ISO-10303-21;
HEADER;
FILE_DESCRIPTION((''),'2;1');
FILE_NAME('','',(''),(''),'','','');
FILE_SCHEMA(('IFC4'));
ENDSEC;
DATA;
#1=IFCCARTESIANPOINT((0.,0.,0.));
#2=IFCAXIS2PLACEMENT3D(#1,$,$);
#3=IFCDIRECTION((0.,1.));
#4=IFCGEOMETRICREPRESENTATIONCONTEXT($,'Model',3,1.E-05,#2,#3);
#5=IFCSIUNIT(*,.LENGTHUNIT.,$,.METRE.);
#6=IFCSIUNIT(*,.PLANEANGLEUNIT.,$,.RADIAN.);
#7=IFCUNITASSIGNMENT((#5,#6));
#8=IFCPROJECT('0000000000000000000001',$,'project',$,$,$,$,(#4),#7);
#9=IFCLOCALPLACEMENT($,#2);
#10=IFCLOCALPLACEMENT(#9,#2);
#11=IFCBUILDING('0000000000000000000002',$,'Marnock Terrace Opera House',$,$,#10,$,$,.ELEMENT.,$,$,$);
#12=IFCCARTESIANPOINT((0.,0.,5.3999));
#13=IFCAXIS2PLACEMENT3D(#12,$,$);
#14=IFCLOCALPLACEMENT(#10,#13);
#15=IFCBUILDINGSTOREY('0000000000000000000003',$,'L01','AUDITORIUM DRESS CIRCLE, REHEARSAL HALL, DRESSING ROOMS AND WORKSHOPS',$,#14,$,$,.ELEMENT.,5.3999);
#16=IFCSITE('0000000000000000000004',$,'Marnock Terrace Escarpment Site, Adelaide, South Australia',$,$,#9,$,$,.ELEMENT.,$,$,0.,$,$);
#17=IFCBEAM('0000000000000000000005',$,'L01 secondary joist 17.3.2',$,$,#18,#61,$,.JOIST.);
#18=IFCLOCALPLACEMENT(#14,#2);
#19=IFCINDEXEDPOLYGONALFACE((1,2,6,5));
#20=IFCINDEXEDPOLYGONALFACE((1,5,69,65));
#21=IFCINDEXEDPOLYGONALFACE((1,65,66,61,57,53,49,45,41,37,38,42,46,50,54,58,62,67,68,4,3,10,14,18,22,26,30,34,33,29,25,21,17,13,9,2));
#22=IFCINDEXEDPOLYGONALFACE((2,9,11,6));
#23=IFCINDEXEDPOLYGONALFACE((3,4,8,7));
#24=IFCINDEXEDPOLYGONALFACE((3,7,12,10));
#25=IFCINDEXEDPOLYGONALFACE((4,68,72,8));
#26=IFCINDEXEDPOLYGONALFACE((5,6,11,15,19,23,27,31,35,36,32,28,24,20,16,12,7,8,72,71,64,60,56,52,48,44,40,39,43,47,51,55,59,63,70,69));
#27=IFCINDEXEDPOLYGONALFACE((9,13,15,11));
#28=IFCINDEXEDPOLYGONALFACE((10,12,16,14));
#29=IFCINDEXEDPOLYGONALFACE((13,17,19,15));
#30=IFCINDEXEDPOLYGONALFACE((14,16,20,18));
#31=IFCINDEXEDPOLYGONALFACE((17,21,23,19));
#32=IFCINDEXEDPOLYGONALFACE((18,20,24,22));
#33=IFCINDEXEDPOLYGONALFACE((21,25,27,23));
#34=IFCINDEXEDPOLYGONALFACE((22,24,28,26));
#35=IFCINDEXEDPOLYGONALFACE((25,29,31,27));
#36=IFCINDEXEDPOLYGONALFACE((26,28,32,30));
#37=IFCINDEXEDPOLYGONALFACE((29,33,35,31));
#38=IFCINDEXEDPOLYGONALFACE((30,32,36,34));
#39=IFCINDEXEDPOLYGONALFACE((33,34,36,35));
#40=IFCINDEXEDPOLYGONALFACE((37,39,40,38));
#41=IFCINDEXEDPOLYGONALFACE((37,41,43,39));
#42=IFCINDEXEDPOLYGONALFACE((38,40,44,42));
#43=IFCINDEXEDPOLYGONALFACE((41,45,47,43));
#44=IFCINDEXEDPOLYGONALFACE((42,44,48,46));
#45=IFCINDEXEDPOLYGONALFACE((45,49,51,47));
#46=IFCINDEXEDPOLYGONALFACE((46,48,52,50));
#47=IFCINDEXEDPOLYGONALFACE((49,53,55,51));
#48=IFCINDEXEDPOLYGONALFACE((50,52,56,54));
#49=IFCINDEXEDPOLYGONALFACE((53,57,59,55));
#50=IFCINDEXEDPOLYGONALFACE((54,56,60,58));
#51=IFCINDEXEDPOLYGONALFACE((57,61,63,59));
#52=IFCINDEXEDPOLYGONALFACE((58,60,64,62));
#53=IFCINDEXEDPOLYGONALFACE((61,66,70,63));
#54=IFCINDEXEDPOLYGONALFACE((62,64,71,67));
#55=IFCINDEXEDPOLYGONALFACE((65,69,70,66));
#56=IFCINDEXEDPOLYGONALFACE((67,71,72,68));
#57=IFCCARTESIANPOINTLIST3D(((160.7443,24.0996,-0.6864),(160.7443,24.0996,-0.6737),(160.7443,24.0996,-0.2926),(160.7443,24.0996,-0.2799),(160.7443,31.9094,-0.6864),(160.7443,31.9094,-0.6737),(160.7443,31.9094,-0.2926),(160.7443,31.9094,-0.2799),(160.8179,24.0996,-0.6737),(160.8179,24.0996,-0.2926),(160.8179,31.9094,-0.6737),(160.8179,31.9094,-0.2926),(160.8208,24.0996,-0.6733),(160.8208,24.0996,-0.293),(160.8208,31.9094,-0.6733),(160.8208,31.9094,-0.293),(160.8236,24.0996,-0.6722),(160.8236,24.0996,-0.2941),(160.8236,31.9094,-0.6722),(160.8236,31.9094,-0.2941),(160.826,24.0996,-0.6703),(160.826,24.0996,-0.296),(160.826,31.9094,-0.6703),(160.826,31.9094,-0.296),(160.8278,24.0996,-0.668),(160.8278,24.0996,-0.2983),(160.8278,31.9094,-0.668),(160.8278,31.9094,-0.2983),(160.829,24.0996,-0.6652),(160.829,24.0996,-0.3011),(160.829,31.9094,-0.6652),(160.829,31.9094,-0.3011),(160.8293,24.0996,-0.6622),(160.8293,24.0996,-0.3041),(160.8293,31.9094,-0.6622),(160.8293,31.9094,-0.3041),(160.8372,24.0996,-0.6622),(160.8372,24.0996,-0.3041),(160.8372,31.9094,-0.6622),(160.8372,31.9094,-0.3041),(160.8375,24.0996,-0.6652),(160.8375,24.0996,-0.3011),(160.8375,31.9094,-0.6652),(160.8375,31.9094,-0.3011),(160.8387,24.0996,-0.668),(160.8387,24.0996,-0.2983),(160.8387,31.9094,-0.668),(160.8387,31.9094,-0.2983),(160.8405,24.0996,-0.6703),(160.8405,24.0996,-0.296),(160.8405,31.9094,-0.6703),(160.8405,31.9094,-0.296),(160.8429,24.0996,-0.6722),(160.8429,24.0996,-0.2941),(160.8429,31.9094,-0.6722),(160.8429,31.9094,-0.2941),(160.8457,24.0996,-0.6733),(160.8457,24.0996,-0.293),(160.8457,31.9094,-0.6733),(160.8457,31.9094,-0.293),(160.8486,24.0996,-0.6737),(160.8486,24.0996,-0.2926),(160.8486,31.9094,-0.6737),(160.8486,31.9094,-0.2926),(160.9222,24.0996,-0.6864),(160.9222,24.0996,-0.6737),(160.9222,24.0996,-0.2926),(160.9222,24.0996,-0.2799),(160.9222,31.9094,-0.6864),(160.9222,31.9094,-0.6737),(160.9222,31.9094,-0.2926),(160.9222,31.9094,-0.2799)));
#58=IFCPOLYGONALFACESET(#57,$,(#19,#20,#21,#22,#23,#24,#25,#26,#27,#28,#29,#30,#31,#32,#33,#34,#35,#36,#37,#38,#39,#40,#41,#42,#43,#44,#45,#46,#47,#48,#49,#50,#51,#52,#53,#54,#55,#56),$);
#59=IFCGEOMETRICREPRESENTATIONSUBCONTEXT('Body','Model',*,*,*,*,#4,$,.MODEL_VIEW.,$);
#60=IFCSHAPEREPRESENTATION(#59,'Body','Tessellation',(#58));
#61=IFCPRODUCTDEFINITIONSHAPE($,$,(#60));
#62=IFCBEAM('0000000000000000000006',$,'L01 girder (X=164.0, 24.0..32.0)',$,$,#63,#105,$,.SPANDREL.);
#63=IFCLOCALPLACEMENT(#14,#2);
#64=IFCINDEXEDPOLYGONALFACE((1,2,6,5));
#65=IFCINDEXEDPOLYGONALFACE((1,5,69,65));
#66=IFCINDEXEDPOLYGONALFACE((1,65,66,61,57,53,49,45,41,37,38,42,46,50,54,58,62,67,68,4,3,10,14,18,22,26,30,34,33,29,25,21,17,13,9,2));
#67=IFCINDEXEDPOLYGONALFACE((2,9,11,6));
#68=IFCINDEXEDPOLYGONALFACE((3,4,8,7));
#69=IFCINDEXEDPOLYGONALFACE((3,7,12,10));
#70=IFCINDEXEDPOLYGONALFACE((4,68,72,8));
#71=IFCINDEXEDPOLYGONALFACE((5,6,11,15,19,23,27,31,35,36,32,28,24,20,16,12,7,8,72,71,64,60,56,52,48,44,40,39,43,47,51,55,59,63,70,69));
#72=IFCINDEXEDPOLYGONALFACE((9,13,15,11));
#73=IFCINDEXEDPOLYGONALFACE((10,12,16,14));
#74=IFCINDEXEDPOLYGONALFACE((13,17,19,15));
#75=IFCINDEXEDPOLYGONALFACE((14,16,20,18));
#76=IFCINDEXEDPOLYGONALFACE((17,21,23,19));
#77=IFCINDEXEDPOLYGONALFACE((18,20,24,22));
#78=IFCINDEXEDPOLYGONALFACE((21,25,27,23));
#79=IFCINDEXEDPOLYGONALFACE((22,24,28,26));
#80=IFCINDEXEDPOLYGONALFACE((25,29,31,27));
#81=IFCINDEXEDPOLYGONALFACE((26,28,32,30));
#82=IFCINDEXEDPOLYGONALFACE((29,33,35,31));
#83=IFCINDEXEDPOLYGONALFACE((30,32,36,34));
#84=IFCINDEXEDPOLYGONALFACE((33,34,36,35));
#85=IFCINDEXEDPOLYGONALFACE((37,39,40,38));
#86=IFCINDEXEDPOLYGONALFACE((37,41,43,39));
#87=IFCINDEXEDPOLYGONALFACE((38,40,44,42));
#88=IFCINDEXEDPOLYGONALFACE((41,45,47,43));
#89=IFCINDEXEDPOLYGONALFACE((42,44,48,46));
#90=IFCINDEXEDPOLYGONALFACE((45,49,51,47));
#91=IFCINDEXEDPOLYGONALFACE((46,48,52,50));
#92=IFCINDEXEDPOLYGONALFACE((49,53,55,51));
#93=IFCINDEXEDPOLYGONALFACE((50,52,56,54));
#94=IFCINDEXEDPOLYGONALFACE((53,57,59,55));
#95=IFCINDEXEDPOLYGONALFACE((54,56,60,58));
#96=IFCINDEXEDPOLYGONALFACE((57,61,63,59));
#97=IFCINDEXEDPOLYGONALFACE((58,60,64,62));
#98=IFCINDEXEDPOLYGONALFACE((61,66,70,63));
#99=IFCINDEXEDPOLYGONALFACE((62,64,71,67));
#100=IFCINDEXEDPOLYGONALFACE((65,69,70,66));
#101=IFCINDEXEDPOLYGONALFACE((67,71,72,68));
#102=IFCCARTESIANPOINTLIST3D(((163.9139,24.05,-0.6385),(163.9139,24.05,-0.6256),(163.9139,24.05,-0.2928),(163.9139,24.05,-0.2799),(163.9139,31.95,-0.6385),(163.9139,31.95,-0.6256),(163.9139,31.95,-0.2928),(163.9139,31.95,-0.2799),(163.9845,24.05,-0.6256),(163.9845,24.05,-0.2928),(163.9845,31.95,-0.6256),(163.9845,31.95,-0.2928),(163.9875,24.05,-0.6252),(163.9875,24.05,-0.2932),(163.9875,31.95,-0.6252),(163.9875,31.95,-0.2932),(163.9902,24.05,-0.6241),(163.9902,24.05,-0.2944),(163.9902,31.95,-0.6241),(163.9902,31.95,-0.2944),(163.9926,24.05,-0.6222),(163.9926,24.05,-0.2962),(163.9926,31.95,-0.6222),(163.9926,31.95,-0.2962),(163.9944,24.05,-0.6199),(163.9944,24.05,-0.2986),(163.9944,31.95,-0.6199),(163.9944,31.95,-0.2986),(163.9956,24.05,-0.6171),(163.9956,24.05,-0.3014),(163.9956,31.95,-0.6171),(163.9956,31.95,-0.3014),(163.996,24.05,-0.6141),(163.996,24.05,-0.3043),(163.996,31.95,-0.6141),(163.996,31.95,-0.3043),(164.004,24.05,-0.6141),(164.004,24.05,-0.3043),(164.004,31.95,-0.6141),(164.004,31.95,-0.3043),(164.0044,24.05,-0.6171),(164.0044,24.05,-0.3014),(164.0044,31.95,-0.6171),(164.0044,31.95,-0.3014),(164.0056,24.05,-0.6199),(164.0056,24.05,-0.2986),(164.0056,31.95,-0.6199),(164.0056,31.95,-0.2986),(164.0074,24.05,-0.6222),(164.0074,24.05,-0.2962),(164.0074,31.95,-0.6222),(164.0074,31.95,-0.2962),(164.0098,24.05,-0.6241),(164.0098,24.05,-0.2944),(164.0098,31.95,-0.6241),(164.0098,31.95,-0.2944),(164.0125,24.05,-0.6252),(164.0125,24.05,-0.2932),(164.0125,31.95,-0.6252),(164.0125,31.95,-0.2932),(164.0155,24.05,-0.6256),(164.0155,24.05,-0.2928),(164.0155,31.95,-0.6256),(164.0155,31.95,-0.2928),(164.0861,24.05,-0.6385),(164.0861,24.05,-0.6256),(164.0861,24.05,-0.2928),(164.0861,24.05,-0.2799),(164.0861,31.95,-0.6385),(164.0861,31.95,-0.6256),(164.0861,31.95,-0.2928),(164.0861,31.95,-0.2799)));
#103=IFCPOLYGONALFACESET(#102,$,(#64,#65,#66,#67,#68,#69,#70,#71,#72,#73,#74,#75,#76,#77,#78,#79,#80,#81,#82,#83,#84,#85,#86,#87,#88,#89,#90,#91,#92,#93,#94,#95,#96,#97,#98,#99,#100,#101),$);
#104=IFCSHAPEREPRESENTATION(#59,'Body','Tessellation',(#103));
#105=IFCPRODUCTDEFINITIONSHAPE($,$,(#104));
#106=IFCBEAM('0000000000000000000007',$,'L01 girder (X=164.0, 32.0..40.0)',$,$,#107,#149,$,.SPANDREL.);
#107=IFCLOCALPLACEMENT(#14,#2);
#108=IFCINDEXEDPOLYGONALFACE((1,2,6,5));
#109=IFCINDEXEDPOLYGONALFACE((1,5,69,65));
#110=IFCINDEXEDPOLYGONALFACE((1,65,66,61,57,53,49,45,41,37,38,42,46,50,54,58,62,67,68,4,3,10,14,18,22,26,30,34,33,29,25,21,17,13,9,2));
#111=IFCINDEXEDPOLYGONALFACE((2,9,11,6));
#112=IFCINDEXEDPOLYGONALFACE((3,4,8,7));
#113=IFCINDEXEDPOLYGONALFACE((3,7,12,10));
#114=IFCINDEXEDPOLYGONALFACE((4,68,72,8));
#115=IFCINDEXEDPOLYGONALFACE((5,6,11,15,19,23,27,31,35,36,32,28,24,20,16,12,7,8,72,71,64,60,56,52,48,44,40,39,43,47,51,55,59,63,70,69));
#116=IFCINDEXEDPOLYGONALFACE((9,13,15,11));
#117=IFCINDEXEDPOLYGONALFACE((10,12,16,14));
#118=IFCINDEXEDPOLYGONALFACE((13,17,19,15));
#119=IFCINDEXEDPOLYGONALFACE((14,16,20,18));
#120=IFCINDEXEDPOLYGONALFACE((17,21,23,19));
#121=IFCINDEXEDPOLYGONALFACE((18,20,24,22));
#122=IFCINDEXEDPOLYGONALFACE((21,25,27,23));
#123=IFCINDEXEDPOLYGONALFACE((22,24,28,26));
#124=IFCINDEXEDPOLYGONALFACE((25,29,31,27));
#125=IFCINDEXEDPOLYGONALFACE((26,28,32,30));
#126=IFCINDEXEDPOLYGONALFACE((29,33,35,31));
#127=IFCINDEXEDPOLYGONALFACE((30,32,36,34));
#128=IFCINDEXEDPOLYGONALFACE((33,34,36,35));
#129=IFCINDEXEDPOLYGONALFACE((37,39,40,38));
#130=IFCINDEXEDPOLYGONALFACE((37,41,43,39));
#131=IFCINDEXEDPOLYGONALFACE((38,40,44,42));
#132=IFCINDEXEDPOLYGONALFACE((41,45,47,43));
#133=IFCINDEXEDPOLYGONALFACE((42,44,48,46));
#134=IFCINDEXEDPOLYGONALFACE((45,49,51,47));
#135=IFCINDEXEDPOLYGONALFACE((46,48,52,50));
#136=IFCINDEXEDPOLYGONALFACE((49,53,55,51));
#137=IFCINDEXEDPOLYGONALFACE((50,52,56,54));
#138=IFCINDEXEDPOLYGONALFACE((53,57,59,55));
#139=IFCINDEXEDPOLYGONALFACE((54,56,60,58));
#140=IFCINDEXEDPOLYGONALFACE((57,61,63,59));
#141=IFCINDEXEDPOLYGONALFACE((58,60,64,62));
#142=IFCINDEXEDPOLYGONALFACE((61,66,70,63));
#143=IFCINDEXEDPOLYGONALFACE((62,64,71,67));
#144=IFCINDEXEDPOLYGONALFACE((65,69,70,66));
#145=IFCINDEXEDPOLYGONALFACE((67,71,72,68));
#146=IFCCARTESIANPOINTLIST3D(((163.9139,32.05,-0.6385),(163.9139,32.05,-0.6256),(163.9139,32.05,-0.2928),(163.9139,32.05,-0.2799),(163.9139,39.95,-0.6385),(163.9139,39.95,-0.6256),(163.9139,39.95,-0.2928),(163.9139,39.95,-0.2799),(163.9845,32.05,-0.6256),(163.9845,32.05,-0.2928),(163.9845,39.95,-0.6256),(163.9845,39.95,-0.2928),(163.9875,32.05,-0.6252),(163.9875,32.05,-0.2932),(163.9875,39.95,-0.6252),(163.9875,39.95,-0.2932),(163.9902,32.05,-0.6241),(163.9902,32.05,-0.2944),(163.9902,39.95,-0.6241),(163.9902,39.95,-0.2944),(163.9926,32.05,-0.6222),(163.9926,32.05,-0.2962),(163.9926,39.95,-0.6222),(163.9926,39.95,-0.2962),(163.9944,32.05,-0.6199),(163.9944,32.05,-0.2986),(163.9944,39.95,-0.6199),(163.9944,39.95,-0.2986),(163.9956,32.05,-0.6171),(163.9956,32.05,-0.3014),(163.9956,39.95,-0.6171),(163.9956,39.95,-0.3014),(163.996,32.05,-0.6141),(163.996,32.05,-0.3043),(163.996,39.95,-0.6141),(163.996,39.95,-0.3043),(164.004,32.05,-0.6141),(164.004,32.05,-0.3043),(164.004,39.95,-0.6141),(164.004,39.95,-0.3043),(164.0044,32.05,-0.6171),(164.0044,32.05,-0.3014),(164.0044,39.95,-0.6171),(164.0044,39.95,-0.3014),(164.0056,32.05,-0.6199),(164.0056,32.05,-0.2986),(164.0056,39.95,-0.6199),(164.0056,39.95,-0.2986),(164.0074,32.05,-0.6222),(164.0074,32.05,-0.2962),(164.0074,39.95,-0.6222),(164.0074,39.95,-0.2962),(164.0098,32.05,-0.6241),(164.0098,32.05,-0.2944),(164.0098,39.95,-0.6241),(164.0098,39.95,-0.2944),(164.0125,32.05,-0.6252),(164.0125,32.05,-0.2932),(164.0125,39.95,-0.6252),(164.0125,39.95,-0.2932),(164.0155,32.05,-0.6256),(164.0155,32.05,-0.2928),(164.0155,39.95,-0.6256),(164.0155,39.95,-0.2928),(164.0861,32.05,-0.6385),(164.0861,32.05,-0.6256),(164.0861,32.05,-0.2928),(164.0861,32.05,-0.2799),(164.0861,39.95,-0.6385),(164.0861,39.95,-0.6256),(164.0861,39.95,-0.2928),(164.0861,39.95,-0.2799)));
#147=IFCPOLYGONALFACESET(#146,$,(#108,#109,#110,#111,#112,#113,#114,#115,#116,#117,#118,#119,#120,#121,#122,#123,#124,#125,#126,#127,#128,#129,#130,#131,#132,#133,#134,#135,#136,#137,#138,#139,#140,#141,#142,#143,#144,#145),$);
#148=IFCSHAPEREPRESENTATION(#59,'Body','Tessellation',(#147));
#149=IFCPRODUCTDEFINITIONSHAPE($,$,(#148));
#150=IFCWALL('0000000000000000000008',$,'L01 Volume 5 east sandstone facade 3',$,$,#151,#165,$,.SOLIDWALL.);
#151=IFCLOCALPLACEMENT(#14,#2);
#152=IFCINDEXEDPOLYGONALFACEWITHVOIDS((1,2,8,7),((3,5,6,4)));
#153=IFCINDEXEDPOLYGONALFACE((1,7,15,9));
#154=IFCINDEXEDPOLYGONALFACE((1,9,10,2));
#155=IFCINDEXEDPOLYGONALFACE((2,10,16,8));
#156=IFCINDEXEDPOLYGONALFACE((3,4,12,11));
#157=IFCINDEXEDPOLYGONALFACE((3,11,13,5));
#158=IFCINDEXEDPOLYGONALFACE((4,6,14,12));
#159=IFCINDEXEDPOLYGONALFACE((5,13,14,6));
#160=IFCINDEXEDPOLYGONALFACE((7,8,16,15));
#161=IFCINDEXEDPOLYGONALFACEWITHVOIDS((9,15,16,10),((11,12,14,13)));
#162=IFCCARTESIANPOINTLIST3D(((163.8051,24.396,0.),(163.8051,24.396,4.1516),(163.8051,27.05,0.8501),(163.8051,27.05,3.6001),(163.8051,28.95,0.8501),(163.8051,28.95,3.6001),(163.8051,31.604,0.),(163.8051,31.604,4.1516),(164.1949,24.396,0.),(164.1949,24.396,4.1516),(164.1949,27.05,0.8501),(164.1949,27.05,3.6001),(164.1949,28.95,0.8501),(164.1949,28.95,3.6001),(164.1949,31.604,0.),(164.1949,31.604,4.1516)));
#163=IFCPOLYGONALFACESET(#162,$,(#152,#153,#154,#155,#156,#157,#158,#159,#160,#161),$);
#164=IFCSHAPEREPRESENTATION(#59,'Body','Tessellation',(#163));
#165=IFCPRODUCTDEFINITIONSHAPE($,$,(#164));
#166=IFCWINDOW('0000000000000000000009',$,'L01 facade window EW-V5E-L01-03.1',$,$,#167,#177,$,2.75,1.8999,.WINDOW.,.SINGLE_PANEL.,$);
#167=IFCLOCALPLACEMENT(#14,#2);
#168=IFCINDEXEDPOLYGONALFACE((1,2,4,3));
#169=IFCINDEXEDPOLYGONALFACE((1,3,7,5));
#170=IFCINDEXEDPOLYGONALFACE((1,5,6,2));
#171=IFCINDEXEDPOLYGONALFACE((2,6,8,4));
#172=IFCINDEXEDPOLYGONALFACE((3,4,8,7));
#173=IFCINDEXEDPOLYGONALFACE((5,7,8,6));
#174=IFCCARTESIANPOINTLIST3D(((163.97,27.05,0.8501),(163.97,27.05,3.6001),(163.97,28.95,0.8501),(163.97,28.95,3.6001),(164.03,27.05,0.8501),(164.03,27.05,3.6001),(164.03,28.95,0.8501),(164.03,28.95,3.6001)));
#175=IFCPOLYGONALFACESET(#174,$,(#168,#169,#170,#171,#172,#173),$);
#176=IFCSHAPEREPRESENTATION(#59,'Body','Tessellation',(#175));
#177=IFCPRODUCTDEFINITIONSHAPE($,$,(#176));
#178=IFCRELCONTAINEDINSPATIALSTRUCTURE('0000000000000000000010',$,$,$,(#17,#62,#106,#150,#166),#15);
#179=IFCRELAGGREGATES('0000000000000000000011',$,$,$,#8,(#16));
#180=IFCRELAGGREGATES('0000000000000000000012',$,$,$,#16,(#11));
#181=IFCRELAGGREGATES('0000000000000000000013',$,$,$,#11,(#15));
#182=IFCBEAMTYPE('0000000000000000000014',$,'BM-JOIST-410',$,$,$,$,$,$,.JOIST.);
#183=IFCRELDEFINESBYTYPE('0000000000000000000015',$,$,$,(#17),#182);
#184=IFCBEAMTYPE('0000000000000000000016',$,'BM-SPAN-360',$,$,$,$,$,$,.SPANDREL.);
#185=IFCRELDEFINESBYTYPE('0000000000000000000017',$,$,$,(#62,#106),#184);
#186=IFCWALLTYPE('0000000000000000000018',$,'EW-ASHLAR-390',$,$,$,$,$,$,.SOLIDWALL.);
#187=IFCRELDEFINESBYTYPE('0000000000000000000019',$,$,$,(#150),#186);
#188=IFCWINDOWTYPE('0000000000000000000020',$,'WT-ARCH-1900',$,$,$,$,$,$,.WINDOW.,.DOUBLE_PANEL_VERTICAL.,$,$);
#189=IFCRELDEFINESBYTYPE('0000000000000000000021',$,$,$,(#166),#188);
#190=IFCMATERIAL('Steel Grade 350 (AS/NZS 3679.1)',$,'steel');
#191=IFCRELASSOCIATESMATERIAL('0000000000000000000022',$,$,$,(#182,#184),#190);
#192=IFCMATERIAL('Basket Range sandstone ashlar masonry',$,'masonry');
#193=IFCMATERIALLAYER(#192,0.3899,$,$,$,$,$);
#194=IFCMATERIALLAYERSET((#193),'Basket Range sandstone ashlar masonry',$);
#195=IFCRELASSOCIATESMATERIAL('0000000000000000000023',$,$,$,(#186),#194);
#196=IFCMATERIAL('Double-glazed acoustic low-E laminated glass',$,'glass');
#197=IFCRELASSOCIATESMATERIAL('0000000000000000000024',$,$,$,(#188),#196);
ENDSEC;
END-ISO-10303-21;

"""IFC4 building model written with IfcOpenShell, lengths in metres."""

from ifc_helpers import new_model, si_unit, direction, frame, frame_2d, origin, origin_2d, place, context, subcontext, project, spatial, rectangle, i_section, extrude, material, layer, layer_set, material_profile, profile_set, type_object, element, fill, save


model = new_model("IFC4")

# Units and contexts
model_context = context("Model", 3, precision=1e-05, world=origin(), true_north=direction((0.0, 1.0)))
body_context = subcontext(model_context, "Body", "Model", "MODEL_VIEW")
ifc_project = project(units=[si_unit("LENGTHUNIT", "METRE"), si_unit("PLANEANGLEUNIT", "RADIAN")], contexts=[model_context])

# Site, building, storey
site_placement = place(None, origin())
site = spatial("IfcSite", under=ifc_project, at=site_placement, Name="Marnock Terrace Escarpment Site, Adelaide, South Australia", CompositionType="ELEMENT", RefElevation=0.0)
building_placement = place(site_placement, origin())
building = spatial("IfcBuilding", under=site, at=building_placement, Name="Marnock Terrace Opera House", CompositionType="ELEMENT")
storey_placement = place(building_placement, frame((0.0, 0.0, 5.3999)))
storey = spatial("IfcBuildingStorey", under=building, at=storey_placement, Name="L01", Description="AUDITORIUM DRESS CIRCLE, REHEARSAL HALL, DRESSING ROOMS AND WORKSHOPS", CompositionType="ELEMENT", Elevation=5.3999)

# Shared definitions
ifc_material_1 = material(Name="Steel Grade 350 (AS/NZS 3679.1)", Category="steel")

# Beams
ifc_material_profile_1 = material_profile(ifc_material_1, i_section(OverallWidth=0.178, OverallDepth=0.4065, WebThickness=0.0078, FlangeThickness=0.0127, FilletRadius=0.0115, at=origin_2d()))
ifc_profile_set_1 = profile_set([ifc_material_profile_1], Name="Steel Grade 350 (AS/NZS 3679.1)")
beam_type_1 = type_object("IfcBeamType", Name="BM-JOIST-410", PredefinedType="JOIST", material=ifc_profile_set_1)
for number, where, z_axis, x_axis, name in (
    (1, (160.8333, 24.0996, -0.4832), (0.0, 1.0, 0.0), (-1.0, 0.0, 0.0), "L01 secondary joist 17.3.2"),
):
    element("IfcBeam", number, at=place(storey_placement, frame(where, z_axis=z_axis, x_axis=x_axis)), inside=storey, type_object=beam_type_1, Name=name, PredefinedType="JOIST", context=body_context, shape_type="SweptSolid", body=[
        extrude(i_section(OverallWidth=0.178, OverallDepth=0.4065, WebThickness=0.0078, FlangeThickness=0.0127, FilletRadius=0.0115, at=origin_2d()), origin(), (0.0, 0.0, 1.0), 7.8098),
    ])
ifc_material_profile_2 = material_profile(ifc_material_1, i_section(OverallWidth=0.1721, OverallDepth=0.3586, WebThickness=0.0081, FlangeThickness=0.0129, FilletRadius=0.0115, at=origin_2d()))
ifc_profile_set_2 = profile_set([ifc_material_profile_2], Name="Steel Grade 350 (AS/NZS 3679.1)")
beam_type_2 = type_object("IfcBeamType", Name="BM-SPAN-360", PredefinedType="SPANDREL", material=ifc_profile_set_2)
for number, where, z_axis, x_axis, name in (
    (2, (164.0, 24.05, -0.4592), (0.0, 1.0, 0.0), (-1.0, 0.0, 0.0), "L01 girder (X=164.0, 24.0..32.0)"),
    (3, (164.0, 32.05, -0.4592), (0.0, 1.0, 0.0), (-1.0, 0.0, 0.0), "L01 girder (X=164.0, 32.0..40.0)"),
):
    element("IfcBeam", number, at=place(storey_placement, frame(where, z_axis=z_axis, x_axis=x_axis)), inside=storey, type_object=beam_type_2, Name=name, PredefinedType="SPANDREL", context=body_context, shape_type="SweptSolid", body=[
        extrude(i_section(OverallWidth=0.1721, OverallDepth=0.3586, WebThickness=0.0081, FlangeThickness=0.0129, FilletRadius=0.0115, at=origin_2d()), origin(), (0.0, 0.0, 1.0), 7.8999),
    ])

# Wall, opening, window
ifc_material_2 = material(Name="Basket Range sandstone ashlar masonry", Category="masonry")
ifc_layer = layer(ifc_material_2, 0.3899)
ifc_layer_set = layer_set([ifc_layer], Name="Basket Range sandstone ashlar masonry")
wall_type = type_object("IfcWallType", Name="EW-ASHLAR-390", PredefinedType="SOLIDWALL", material=ifc_layer_set)
wall_1_placement = place(storey_placement, frame((164.0, 24.396, 0.0), z_axis=(0.0, 0.0, 1.0), x_axis=(0.0, 1.0, 0.0)))
wall_1 = element("IfcWall", 4, at=wall_1_placement, inside=storey, type_object=wall_type, Name="L01 Volume 5 east sandstone facade 3", PredefinedType="SOLIDWALL", context=body_context, shape_type="SweptSolid", body=[
    extrude(rectangle(XDim=7.208, YDim=0.3899, at=frame_2d((3.604, 0.0))), origin(), (0.0, 0.0, 1.0), 4.1516),
])
opening_1_placement = place(wall_1_placement, frame((2.6541, 0.0, 0.8501)))
opening_1 = element("IfcOpeningElement", 5, at=opening_1_placement, cuts=wall_1, PredefinedType="OPENING", context=body_context, shape_type="SweptSolid", body=[
    extrude(rectangle(XDim=1.8999, YDim=2.75, at=frame_2d((0.95, 1.375))), frame((0.0, 0.2048, 0.0), z_axis=(0.0, -1.0, 0.0), x_axis=(1.0, 0.0, 0.0)), (0.0, 0.0, 1.0), 0.4099),
])
ifc_material_3 = material(Name="Double-glazed acoustic low-E laminated glass", Category="glass")
window_type = type_object("IfcWindowType", Name="WT-ARCH-1900", PartitioningType="DOUBLE_PANEL_VERTICAL", PredefinedType="WINDOW", material=ifc_material_3)
window_1_placement = place(opening_1_placement, origin())
window_1 = element("IfcWindow", 6, at=window_1_placement, inside=storey, type_object=window_type, Name="L01 facade window EW-V5E-L01-03.1", OverallHeight=2.75, OverallWidth=1.8999, PartitioningType="SINGLE_PANEL", PredefinedType="WINDOW", context=body_context, shape_type="SweptSolid", body=[
    extrude(rectangle(XDim=1.8999, YDim=2.75, at=frame_2d((0.95, 1.375))), frame((0.0, 0.03, 0.0), z_axis=(0.0, -1.0, 0.0), x_axis=(1.0, 0.0, 0.0)), (0.0, 0.0, 1.0), 0.0601),
])
fill(opening_1, window_1)

save(model, "model.ifc")
